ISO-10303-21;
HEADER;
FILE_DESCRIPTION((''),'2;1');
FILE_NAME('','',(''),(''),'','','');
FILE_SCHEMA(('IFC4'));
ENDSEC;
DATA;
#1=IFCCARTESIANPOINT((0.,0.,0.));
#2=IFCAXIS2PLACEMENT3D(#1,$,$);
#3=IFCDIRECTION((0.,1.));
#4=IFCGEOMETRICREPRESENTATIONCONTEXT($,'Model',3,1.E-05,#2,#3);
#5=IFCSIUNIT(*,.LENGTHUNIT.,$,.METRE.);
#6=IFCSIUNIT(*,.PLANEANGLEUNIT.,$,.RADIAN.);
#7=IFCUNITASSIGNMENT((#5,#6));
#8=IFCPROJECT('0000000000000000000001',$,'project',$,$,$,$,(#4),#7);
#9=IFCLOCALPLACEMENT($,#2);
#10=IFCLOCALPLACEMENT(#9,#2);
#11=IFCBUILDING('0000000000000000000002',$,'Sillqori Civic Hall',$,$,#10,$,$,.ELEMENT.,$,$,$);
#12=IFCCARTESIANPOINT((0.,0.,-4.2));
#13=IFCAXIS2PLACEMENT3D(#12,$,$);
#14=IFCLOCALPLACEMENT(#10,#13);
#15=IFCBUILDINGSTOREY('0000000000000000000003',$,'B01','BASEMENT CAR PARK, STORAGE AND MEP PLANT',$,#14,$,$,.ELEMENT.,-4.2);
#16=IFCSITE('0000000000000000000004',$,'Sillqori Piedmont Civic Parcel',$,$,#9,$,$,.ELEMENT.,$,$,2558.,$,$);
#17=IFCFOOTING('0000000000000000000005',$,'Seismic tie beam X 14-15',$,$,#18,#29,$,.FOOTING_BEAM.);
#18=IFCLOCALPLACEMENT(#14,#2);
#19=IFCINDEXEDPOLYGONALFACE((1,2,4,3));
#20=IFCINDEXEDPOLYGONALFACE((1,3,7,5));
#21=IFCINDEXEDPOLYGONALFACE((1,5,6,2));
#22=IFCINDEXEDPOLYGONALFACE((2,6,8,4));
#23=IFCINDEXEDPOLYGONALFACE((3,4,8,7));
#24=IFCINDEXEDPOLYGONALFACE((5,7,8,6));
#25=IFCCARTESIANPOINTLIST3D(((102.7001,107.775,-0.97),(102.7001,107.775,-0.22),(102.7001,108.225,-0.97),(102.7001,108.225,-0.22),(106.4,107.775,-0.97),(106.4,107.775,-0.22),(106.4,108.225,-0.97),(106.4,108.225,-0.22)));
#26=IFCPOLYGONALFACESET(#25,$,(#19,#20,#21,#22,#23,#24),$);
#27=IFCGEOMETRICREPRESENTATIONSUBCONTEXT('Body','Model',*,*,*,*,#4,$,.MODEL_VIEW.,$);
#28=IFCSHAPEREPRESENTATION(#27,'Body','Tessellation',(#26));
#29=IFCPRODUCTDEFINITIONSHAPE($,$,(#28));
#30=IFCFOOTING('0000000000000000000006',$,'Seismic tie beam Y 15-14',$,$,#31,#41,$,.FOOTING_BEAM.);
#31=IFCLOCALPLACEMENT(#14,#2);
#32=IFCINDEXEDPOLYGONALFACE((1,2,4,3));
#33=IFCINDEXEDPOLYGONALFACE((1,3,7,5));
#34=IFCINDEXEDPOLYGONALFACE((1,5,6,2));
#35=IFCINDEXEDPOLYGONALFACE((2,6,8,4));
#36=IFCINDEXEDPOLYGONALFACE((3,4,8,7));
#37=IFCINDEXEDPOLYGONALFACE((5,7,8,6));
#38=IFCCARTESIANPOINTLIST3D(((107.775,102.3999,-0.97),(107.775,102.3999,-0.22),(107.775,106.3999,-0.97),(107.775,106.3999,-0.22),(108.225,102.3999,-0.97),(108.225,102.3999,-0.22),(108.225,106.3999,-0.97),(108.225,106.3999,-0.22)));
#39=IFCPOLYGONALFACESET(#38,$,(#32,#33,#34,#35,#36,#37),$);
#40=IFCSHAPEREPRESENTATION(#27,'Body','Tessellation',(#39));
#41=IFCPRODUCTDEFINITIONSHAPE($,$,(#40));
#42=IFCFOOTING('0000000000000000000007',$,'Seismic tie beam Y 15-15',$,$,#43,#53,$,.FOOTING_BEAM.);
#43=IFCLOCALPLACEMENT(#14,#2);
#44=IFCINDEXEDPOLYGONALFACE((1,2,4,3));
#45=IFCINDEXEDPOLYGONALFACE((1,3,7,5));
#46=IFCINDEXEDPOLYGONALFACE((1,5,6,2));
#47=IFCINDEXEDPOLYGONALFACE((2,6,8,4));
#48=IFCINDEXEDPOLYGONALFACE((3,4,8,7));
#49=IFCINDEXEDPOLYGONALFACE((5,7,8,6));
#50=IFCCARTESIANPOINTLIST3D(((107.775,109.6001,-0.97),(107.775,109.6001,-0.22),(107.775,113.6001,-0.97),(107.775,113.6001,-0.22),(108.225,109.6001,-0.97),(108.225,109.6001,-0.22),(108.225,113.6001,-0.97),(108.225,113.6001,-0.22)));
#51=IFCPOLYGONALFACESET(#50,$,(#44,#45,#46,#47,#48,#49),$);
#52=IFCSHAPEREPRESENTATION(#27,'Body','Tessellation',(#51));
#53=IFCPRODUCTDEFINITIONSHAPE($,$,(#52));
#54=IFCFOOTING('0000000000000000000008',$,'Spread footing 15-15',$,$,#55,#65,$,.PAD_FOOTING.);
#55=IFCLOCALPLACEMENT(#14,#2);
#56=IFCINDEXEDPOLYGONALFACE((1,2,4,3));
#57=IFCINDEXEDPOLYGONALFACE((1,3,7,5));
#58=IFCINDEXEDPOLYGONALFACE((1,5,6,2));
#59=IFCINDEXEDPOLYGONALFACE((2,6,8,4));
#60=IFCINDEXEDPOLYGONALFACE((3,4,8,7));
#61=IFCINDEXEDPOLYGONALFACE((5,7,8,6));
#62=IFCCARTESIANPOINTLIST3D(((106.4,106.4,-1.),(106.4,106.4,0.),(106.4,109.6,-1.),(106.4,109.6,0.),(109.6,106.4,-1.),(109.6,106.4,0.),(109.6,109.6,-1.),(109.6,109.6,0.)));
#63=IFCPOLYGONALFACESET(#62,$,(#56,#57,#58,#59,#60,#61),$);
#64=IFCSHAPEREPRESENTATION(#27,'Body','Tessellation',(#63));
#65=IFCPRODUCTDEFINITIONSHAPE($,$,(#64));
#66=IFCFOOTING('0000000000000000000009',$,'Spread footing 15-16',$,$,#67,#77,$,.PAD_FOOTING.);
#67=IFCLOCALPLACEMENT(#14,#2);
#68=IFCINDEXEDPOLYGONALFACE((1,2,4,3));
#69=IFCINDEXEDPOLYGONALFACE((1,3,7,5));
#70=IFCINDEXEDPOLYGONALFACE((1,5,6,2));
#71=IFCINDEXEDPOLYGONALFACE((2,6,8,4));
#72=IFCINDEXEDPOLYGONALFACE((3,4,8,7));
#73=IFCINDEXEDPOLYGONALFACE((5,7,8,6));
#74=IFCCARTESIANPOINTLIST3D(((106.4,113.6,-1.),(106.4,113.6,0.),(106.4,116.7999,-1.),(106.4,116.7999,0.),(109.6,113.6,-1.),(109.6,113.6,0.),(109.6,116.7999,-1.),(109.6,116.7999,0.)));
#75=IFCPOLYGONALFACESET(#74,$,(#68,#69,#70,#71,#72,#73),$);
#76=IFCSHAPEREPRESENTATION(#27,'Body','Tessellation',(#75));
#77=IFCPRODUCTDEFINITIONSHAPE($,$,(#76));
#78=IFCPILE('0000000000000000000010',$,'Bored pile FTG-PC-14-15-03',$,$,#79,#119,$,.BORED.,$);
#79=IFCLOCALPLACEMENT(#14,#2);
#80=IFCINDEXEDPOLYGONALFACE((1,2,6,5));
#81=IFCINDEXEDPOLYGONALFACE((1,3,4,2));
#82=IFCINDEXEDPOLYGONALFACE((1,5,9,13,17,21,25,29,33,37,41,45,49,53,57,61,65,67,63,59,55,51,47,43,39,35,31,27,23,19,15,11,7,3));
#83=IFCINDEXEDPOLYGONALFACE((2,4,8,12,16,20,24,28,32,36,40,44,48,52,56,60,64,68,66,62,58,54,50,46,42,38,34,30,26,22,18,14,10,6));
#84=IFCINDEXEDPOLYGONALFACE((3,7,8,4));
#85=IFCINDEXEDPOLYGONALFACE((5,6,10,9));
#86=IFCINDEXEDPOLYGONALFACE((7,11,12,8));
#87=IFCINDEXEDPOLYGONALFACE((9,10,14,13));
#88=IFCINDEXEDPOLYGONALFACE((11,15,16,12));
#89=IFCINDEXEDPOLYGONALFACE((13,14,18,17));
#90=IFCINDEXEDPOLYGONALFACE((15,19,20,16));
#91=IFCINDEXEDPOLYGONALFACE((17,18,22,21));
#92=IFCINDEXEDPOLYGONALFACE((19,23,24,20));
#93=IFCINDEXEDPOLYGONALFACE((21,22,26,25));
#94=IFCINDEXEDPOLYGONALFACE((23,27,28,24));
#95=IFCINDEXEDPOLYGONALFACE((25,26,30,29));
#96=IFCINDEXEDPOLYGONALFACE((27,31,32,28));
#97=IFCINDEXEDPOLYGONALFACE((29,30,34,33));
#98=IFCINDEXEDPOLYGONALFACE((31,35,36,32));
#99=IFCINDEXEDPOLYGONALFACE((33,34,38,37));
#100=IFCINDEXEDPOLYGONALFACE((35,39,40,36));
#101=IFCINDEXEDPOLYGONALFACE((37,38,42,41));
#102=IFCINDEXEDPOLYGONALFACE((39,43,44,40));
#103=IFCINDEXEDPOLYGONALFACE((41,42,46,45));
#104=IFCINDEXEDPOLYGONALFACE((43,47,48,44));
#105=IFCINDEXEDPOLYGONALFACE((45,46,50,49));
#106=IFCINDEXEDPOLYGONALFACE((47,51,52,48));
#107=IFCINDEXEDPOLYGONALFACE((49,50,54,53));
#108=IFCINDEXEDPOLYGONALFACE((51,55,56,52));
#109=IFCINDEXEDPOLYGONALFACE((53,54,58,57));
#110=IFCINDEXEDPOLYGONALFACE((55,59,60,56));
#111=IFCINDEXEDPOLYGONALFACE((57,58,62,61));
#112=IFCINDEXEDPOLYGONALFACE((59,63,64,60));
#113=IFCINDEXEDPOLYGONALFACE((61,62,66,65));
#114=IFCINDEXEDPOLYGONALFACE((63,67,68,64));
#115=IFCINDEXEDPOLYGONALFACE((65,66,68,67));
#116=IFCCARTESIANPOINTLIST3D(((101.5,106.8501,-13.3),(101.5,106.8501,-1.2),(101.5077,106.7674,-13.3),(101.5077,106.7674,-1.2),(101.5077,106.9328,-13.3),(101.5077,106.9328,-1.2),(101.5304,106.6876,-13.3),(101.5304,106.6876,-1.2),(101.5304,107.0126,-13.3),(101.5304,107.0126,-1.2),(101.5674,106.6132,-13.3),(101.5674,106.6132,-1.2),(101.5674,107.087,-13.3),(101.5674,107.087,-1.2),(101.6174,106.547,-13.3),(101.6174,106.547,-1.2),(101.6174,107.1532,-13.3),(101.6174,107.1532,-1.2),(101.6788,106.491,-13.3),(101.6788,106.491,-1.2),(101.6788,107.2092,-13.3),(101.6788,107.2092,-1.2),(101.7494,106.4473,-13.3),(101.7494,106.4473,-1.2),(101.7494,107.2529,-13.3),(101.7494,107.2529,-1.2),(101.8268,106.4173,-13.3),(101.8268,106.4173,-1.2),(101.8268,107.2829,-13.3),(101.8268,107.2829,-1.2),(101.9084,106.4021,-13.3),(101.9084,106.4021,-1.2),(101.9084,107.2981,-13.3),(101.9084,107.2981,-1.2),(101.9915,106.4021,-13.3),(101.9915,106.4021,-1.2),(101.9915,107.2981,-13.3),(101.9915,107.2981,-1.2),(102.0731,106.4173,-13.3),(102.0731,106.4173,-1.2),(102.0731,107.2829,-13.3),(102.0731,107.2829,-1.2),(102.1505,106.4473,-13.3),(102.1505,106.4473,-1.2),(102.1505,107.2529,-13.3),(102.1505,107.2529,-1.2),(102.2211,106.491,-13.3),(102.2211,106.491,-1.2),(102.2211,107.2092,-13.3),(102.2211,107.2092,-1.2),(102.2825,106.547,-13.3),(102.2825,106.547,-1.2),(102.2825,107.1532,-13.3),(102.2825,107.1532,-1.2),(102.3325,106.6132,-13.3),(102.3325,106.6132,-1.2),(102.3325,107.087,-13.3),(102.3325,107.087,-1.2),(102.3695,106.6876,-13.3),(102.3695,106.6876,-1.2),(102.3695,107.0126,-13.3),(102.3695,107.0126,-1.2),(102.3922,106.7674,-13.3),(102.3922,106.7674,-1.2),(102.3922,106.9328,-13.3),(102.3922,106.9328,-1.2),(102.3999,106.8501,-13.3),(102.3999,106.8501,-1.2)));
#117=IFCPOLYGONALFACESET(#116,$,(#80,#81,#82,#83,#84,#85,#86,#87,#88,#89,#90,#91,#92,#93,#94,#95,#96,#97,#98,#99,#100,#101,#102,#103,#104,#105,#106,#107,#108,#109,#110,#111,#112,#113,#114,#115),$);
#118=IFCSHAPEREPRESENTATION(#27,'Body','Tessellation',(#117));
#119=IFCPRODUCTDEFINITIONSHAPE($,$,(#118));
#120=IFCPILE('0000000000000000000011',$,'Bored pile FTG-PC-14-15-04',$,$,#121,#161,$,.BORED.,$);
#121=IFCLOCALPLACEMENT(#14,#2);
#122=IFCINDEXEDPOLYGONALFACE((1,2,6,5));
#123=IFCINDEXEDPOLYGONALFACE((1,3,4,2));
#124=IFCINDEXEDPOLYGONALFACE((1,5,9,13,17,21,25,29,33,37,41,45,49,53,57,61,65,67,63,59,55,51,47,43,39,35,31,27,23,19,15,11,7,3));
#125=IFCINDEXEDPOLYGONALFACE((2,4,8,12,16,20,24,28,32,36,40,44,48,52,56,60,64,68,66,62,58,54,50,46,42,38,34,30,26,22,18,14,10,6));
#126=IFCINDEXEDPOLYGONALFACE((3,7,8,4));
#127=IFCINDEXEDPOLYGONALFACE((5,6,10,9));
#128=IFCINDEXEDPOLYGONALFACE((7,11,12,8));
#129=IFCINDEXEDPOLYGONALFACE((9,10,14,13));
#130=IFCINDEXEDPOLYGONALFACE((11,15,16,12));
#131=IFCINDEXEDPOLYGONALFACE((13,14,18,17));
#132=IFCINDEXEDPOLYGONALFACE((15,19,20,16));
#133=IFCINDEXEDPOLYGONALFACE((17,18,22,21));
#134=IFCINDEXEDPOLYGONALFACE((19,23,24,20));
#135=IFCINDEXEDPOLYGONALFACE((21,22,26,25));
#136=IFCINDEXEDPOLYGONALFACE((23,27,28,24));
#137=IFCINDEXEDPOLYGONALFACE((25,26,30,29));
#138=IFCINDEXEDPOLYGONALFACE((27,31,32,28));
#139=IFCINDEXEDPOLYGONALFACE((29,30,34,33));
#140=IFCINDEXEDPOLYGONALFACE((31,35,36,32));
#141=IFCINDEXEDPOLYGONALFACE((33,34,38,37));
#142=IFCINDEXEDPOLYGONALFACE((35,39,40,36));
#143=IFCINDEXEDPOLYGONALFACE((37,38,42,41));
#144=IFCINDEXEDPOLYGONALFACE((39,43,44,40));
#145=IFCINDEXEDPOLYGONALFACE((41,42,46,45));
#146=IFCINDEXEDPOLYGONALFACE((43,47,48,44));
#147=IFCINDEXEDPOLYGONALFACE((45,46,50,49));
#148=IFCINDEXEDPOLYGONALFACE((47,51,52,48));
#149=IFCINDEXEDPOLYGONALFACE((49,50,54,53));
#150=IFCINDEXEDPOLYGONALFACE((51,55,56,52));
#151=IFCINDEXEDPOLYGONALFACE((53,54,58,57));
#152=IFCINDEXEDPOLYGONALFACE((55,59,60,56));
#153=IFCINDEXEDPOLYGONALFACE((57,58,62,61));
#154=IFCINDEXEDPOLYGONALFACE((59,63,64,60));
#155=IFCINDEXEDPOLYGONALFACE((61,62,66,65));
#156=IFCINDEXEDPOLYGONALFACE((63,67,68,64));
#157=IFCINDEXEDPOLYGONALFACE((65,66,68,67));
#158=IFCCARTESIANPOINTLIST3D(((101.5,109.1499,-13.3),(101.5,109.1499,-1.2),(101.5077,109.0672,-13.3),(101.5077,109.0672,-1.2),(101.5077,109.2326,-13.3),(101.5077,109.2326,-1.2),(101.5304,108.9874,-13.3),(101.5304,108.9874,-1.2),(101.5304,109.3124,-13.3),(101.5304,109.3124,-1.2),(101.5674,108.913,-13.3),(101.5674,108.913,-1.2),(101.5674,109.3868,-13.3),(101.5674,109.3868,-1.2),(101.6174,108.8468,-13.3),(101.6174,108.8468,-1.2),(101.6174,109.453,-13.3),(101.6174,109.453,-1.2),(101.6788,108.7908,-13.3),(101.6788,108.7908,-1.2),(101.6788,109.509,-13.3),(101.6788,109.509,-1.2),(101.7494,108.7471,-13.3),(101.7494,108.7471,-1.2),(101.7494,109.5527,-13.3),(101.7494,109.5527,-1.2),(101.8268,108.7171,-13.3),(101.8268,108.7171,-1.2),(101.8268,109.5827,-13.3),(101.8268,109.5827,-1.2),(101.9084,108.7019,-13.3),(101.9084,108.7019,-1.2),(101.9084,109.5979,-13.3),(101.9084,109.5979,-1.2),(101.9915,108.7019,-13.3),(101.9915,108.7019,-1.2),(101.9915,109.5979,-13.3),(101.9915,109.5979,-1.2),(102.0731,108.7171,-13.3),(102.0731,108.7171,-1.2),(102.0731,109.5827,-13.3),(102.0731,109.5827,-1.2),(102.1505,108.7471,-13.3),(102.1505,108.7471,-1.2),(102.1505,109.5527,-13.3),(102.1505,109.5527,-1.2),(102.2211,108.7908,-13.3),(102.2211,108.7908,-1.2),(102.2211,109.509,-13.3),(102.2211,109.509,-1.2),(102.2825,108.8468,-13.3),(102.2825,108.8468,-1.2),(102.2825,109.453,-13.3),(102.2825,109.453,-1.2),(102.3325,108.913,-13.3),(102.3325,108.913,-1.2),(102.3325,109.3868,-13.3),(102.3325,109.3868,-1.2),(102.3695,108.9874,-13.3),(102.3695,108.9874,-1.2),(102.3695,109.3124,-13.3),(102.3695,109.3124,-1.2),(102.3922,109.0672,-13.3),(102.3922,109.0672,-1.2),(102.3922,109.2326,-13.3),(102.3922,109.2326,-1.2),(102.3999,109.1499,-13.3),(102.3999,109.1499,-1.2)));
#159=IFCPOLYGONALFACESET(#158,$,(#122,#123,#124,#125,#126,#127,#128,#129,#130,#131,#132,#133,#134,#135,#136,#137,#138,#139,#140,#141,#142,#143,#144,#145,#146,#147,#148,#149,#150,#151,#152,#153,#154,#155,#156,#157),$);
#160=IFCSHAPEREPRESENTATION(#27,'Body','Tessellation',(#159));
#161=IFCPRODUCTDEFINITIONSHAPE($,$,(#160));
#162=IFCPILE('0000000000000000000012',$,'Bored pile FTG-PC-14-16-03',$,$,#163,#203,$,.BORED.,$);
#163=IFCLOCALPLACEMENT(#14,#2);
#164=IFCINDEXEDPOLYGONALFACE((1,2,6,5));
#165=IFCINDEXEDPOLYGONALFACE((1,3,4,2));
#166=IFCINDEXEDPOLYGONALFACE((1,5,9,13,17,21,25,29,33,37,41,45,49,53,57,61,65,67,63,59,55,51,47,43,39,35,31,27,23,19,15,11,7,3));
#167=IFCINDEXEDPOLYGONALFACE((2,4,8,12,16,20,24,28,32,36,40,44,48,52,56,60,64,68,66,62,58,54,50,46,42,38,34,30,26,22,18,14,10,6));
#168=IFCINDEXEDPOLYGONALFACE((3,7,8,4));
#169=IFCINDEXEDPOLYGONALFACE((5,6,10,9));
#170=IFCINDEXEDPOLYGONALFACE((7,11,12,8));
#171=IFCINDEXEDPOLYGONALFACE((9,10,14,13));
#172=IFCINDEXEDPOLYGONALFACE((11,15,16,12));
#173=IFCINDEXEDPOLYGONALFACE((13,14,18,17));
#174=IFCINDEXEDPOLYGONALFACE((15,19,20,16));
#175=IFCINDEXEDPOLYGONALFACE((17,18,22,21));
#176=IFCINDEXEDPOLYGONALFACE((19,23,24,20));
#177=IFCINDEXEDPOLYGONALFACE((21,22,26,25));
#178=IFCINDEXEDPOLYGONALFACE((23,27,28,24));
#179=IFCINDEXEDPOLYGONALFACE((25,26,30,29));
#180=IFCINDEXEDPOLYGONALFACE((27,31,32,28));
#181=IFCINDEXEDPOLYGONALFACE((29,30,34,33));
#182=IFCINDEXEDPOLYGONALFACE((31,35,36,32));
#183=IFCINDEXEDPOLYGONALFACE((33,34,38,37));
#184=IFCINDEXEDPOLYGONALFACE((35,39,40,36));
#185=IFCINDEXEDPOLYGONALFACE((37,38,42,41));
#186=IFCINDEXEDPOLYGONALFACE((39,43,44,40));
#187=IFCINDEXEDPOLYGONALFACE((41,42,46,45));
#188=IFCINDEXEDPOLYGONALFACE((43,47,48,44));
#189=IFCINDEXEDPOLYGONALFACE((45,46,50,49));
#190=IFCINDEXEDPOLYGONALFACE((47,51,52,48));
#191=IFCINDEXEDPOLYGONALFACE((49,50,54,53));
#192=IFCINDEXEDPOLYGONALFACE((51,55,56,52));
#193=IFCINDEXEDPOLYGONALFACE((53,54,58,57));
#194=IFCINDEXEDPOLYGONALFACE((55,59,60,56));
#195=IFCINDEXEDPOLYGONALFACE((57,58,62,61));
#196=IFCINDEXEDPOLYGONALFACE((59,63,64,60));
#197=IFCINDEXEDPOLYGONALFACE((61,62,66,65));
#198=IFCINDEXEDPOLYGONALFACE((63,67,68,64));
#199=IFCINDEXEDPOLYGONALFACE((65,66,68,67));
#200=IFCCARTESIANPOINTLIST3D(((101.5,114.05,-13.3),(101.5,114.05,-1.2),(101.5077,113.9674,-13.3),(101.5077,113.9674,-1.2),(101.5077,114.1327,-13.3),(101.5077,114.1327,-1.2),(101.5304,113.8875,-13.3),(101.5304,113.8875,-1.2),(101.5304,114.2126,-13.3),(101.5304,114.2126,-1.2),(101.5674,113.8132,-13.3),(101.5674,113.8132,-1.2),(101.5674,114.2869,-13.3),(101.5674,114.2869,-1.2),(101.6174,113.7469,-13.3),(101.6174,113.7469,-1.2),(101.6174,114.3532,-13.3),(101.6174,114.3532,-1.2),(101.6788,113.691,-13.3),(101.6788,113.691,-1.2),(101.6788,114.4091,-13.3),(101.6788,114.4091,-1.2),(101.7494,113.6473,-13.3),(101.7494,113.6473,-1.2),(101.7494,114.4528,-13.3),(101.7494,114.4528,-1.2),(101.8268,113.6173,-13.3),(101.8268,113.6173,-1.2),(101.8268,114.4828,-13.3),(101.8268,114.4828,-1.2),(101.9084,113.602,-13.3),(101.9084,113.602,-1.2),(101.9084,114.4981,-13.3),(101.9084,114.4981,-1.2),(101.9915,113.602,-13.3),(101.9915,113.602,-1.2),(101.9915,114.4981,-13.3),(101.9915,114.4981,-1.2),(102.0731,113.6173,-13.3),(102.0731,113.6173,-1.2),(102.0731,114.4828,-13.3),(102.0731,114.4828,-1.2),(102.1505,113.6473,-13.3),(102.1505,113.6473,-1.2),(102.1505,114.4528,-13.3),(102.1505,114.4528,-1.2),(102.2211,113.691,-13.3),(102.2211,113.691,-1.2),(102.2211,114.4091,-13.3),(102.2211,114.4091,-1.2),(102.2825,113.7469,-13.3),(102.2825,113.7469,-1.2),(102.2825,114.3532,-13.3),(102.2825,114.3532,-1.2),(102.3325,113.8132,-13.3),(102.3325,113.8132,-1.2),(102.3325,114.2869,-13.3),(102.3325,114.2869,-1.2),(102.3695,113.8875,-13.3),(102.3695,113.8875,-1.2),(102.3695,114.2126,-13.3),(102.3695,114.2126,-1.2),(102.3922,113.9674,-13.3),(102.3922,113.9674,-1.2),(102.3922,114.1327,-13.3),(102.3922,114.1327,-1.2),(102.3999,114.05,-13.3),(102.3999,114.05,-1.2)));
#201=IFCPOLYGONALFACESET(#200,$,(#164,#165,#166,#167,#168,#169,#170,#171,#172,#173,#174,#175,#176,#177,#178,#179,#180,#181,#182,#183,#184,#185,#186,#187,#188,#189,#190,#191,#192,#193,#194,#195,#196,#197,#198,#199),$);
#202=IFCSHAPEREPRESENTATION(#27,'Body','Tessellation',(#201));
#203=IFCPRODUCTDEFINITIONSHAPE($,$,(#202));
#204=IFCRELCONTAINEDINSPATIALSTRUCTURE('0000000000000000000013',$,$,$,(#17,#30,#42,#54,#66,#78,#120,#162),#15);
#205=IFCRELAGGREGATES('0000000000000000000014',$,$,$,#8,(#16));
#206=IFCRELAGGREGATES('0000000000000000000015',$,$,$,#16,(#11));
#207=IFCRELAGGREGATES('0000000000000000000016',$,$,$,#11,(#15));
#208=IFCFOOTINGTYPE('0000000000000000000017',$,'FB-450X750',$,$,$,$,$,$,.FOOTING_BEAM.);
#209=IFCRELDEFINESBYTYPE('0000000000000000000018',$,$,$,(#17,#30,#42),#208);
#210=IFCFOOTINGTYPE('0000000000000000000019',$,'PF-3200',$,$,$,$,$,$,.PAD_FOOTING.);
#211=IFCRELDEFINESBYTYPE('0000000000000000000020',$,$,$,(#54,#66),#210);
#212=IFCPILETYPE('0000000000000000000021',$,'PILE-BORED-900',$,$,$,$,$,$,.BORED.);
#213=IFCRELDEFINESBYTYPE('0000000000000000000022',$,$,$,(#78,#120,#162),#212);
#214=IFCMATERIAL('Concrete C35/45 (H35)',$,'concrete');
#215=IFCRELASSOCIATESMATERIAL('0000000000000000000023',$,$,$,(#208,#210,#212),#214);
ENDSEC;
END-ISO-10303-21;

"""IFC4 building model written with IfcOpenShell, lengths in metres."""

from ifc_helpers import new_model, si_unit, direction, frame, origin, origin_2d, place, context, subcontext, project, spatial, rectangle, circle, extrude, material, material_profile, profile_set, type_object, element, save


model = new_model("IFC4")

# Units and contexts
model_context = context("Model", 3, precision=1e-05, world=origin(), true_north=direction((0.0, 1.0)))
body_context = subcontext(model_context, "Body", "Model", "MODEL_VIEW")
ifc_project = project(units=[si_unit("LENGTHUNIT", "METRE"), si_unit("PLANEANGLEUNIT", "RADIAN")], contexts=[model_context])

# Site, building, storey
site_placement = place(None, origin())
site = spatial("IfcSite", under=ifc_project, at=site_placement, Name="Sillqori Piedmont Civic Parcel", CompositionType="ELEMENT", RefElevation=2558.0)
building_placement = place(site_placement, origin())
building = spatial("IfcBuilding", under=site, at=building_placement, Name="Sillqori Civic Hall", CompositionType="ELEMENT")
storey_placement = place(building_placement, frame((0.0, 0.0, -4.2)))
storey = spatial("IfcBuildingStorey", under=building, at=storey_placement, Name="B01", Description="BASEMENT CAR PARK, STORAGE AND MEP PLANT", CompositionType="ELEMENT", Elevation=-4.2)

# Footings
ifc_material_1 = material(Name="Concrete C35/45 (H35)", Category="concrete")
footing_type_1 = type_object("IfcFootingType", Name="FB-450X750", PredefinedType="FOOTING_BEAM", material=ifc_material_1)
footing_1_placement = place(storey_placement, frame((104.55, 108.0, -0.97), z_axis=(0.0, 0.0, 1.0), x_axis=(1.0, 0.0, 0.0)))
element("IfcFooting", 1, at=footing_1_placement, inside=storey, type_object=footing_type_1, Name="Seismic tie beam X 14-15", PredefinedType="FOOTING_BEAM", context=body_context, shape_type="SweptSolid", body=[
    extrude(rectangle(XDim=3.7, YDim=0.45, at=origin_2d()), origin(), (0.0, 0.0, 1.0), 0.75),
])
for number, where, z_axis, x_axis, name in (
    (2, (108.0, 104.3999, -0.97), (0.0, 0.0, 1.0), (1.0, 0.0, 0.0), "Seismic tie beam Y 15-14"),
    (3, (108.0, 111.6001, -0.97), (0.0, 0.0, 1.0), (1.0, 0.0, 0.0), "Seismic tie beam Y 15-15"),
):
    element("IfcFooting", number, at=place(storey_placement, frame(where, z_axis=z_axis, x_axis=x_axis)), inside=storey, type_object=footing_type_1, Name=name, PredefinedType="FOOTING_BEAM", context=body_context, shape_type="SweptSolid", body=[
        extrude(rectangle(XDim=0.45, YDim=4.0, at=origin_2d()), origin(), (0.0, 0.0, 1.0), 0.75),
    ])
footing_type_2 = type_object("IfcFootingType", Name="PF-3200", PredefinedType="PAD_FOOTING", material=ifc_material_1)
for number, where, z_axis, x_axis, name in (
    (4, (108.0, 108.0, -1.0), (0.0, 0.0, 1.0), (1.0, 0.0, 0.0), "Spread footing 15-15"),
    (5, (108.0, 115.2, -1.0), (0.0, 0.0, 1.0), (1.0, 0.0, 0.0), "Spread footing 15-16"),
):
    element("IfcFooting", number, at=place(storey_placement, frame(where, z_axis=z_axis, x_axis=x_axis)), inside=storey, type_object=footing_type_2, Name=name, PredefinedType="PAD_FOOTING", context=body_context, shape_type="SweptSolid", body=[
        extrude(rectangle(XDim=3.2, YDim=3.2, at=origin_2d()), origin(), (0.0, 0.0, 1.0), 1.0),
    ])

# Piles
ifc_material_profile_1 = material_profile(ifc_material_1, circle(Radius=0.45, at=origin_2d()), Name="BORED PILE 900")
ifc_profile_set_1 = profile_set([ifc_material_profile_1], Name="Concrete C35/45 (H35)")
pile_type = type_object("IfcPileType", Name="PILE-BORED-900", PredefinedType="BORED", material=ifc_profile_set_1)
for number, where, z_axis, x_axis, name in (
    (6, (101.95, 106.8501, -1.2), (0.0, 0.0, -1.0), (1.0, 0.0, 0.0), "Bored pile FTG-PC-14-15-03"),
    (7, (101.95, 109.1499, -1.2), (0.0, 0.0, -1.0), (1.0, 0.0, 0.0), "Bored pile FTG-PC-14-15-04"),
    (8, (101.95, 114.05, -1.2), (0.0, 0.0, -1.0), (1.0, 0.0, 0.0), "Bored pile FTG-PC-14-16-03"),
):
    element("IfcPile", number, at=place(storey_placement, frame(where, z_axis=z_axis, x_axis=x_axis)), inside=storey, type_object=pile_type, Name=name, PredefinedType="BORED", context=body_context, shape_type="SweptSolid", body=[
        extrude(circle(Radius=0.45, at=origin_2d()), origin(), (0.0, 0.0, 1.0), 12.1001),
    ])

save(model, "model.ifc")
